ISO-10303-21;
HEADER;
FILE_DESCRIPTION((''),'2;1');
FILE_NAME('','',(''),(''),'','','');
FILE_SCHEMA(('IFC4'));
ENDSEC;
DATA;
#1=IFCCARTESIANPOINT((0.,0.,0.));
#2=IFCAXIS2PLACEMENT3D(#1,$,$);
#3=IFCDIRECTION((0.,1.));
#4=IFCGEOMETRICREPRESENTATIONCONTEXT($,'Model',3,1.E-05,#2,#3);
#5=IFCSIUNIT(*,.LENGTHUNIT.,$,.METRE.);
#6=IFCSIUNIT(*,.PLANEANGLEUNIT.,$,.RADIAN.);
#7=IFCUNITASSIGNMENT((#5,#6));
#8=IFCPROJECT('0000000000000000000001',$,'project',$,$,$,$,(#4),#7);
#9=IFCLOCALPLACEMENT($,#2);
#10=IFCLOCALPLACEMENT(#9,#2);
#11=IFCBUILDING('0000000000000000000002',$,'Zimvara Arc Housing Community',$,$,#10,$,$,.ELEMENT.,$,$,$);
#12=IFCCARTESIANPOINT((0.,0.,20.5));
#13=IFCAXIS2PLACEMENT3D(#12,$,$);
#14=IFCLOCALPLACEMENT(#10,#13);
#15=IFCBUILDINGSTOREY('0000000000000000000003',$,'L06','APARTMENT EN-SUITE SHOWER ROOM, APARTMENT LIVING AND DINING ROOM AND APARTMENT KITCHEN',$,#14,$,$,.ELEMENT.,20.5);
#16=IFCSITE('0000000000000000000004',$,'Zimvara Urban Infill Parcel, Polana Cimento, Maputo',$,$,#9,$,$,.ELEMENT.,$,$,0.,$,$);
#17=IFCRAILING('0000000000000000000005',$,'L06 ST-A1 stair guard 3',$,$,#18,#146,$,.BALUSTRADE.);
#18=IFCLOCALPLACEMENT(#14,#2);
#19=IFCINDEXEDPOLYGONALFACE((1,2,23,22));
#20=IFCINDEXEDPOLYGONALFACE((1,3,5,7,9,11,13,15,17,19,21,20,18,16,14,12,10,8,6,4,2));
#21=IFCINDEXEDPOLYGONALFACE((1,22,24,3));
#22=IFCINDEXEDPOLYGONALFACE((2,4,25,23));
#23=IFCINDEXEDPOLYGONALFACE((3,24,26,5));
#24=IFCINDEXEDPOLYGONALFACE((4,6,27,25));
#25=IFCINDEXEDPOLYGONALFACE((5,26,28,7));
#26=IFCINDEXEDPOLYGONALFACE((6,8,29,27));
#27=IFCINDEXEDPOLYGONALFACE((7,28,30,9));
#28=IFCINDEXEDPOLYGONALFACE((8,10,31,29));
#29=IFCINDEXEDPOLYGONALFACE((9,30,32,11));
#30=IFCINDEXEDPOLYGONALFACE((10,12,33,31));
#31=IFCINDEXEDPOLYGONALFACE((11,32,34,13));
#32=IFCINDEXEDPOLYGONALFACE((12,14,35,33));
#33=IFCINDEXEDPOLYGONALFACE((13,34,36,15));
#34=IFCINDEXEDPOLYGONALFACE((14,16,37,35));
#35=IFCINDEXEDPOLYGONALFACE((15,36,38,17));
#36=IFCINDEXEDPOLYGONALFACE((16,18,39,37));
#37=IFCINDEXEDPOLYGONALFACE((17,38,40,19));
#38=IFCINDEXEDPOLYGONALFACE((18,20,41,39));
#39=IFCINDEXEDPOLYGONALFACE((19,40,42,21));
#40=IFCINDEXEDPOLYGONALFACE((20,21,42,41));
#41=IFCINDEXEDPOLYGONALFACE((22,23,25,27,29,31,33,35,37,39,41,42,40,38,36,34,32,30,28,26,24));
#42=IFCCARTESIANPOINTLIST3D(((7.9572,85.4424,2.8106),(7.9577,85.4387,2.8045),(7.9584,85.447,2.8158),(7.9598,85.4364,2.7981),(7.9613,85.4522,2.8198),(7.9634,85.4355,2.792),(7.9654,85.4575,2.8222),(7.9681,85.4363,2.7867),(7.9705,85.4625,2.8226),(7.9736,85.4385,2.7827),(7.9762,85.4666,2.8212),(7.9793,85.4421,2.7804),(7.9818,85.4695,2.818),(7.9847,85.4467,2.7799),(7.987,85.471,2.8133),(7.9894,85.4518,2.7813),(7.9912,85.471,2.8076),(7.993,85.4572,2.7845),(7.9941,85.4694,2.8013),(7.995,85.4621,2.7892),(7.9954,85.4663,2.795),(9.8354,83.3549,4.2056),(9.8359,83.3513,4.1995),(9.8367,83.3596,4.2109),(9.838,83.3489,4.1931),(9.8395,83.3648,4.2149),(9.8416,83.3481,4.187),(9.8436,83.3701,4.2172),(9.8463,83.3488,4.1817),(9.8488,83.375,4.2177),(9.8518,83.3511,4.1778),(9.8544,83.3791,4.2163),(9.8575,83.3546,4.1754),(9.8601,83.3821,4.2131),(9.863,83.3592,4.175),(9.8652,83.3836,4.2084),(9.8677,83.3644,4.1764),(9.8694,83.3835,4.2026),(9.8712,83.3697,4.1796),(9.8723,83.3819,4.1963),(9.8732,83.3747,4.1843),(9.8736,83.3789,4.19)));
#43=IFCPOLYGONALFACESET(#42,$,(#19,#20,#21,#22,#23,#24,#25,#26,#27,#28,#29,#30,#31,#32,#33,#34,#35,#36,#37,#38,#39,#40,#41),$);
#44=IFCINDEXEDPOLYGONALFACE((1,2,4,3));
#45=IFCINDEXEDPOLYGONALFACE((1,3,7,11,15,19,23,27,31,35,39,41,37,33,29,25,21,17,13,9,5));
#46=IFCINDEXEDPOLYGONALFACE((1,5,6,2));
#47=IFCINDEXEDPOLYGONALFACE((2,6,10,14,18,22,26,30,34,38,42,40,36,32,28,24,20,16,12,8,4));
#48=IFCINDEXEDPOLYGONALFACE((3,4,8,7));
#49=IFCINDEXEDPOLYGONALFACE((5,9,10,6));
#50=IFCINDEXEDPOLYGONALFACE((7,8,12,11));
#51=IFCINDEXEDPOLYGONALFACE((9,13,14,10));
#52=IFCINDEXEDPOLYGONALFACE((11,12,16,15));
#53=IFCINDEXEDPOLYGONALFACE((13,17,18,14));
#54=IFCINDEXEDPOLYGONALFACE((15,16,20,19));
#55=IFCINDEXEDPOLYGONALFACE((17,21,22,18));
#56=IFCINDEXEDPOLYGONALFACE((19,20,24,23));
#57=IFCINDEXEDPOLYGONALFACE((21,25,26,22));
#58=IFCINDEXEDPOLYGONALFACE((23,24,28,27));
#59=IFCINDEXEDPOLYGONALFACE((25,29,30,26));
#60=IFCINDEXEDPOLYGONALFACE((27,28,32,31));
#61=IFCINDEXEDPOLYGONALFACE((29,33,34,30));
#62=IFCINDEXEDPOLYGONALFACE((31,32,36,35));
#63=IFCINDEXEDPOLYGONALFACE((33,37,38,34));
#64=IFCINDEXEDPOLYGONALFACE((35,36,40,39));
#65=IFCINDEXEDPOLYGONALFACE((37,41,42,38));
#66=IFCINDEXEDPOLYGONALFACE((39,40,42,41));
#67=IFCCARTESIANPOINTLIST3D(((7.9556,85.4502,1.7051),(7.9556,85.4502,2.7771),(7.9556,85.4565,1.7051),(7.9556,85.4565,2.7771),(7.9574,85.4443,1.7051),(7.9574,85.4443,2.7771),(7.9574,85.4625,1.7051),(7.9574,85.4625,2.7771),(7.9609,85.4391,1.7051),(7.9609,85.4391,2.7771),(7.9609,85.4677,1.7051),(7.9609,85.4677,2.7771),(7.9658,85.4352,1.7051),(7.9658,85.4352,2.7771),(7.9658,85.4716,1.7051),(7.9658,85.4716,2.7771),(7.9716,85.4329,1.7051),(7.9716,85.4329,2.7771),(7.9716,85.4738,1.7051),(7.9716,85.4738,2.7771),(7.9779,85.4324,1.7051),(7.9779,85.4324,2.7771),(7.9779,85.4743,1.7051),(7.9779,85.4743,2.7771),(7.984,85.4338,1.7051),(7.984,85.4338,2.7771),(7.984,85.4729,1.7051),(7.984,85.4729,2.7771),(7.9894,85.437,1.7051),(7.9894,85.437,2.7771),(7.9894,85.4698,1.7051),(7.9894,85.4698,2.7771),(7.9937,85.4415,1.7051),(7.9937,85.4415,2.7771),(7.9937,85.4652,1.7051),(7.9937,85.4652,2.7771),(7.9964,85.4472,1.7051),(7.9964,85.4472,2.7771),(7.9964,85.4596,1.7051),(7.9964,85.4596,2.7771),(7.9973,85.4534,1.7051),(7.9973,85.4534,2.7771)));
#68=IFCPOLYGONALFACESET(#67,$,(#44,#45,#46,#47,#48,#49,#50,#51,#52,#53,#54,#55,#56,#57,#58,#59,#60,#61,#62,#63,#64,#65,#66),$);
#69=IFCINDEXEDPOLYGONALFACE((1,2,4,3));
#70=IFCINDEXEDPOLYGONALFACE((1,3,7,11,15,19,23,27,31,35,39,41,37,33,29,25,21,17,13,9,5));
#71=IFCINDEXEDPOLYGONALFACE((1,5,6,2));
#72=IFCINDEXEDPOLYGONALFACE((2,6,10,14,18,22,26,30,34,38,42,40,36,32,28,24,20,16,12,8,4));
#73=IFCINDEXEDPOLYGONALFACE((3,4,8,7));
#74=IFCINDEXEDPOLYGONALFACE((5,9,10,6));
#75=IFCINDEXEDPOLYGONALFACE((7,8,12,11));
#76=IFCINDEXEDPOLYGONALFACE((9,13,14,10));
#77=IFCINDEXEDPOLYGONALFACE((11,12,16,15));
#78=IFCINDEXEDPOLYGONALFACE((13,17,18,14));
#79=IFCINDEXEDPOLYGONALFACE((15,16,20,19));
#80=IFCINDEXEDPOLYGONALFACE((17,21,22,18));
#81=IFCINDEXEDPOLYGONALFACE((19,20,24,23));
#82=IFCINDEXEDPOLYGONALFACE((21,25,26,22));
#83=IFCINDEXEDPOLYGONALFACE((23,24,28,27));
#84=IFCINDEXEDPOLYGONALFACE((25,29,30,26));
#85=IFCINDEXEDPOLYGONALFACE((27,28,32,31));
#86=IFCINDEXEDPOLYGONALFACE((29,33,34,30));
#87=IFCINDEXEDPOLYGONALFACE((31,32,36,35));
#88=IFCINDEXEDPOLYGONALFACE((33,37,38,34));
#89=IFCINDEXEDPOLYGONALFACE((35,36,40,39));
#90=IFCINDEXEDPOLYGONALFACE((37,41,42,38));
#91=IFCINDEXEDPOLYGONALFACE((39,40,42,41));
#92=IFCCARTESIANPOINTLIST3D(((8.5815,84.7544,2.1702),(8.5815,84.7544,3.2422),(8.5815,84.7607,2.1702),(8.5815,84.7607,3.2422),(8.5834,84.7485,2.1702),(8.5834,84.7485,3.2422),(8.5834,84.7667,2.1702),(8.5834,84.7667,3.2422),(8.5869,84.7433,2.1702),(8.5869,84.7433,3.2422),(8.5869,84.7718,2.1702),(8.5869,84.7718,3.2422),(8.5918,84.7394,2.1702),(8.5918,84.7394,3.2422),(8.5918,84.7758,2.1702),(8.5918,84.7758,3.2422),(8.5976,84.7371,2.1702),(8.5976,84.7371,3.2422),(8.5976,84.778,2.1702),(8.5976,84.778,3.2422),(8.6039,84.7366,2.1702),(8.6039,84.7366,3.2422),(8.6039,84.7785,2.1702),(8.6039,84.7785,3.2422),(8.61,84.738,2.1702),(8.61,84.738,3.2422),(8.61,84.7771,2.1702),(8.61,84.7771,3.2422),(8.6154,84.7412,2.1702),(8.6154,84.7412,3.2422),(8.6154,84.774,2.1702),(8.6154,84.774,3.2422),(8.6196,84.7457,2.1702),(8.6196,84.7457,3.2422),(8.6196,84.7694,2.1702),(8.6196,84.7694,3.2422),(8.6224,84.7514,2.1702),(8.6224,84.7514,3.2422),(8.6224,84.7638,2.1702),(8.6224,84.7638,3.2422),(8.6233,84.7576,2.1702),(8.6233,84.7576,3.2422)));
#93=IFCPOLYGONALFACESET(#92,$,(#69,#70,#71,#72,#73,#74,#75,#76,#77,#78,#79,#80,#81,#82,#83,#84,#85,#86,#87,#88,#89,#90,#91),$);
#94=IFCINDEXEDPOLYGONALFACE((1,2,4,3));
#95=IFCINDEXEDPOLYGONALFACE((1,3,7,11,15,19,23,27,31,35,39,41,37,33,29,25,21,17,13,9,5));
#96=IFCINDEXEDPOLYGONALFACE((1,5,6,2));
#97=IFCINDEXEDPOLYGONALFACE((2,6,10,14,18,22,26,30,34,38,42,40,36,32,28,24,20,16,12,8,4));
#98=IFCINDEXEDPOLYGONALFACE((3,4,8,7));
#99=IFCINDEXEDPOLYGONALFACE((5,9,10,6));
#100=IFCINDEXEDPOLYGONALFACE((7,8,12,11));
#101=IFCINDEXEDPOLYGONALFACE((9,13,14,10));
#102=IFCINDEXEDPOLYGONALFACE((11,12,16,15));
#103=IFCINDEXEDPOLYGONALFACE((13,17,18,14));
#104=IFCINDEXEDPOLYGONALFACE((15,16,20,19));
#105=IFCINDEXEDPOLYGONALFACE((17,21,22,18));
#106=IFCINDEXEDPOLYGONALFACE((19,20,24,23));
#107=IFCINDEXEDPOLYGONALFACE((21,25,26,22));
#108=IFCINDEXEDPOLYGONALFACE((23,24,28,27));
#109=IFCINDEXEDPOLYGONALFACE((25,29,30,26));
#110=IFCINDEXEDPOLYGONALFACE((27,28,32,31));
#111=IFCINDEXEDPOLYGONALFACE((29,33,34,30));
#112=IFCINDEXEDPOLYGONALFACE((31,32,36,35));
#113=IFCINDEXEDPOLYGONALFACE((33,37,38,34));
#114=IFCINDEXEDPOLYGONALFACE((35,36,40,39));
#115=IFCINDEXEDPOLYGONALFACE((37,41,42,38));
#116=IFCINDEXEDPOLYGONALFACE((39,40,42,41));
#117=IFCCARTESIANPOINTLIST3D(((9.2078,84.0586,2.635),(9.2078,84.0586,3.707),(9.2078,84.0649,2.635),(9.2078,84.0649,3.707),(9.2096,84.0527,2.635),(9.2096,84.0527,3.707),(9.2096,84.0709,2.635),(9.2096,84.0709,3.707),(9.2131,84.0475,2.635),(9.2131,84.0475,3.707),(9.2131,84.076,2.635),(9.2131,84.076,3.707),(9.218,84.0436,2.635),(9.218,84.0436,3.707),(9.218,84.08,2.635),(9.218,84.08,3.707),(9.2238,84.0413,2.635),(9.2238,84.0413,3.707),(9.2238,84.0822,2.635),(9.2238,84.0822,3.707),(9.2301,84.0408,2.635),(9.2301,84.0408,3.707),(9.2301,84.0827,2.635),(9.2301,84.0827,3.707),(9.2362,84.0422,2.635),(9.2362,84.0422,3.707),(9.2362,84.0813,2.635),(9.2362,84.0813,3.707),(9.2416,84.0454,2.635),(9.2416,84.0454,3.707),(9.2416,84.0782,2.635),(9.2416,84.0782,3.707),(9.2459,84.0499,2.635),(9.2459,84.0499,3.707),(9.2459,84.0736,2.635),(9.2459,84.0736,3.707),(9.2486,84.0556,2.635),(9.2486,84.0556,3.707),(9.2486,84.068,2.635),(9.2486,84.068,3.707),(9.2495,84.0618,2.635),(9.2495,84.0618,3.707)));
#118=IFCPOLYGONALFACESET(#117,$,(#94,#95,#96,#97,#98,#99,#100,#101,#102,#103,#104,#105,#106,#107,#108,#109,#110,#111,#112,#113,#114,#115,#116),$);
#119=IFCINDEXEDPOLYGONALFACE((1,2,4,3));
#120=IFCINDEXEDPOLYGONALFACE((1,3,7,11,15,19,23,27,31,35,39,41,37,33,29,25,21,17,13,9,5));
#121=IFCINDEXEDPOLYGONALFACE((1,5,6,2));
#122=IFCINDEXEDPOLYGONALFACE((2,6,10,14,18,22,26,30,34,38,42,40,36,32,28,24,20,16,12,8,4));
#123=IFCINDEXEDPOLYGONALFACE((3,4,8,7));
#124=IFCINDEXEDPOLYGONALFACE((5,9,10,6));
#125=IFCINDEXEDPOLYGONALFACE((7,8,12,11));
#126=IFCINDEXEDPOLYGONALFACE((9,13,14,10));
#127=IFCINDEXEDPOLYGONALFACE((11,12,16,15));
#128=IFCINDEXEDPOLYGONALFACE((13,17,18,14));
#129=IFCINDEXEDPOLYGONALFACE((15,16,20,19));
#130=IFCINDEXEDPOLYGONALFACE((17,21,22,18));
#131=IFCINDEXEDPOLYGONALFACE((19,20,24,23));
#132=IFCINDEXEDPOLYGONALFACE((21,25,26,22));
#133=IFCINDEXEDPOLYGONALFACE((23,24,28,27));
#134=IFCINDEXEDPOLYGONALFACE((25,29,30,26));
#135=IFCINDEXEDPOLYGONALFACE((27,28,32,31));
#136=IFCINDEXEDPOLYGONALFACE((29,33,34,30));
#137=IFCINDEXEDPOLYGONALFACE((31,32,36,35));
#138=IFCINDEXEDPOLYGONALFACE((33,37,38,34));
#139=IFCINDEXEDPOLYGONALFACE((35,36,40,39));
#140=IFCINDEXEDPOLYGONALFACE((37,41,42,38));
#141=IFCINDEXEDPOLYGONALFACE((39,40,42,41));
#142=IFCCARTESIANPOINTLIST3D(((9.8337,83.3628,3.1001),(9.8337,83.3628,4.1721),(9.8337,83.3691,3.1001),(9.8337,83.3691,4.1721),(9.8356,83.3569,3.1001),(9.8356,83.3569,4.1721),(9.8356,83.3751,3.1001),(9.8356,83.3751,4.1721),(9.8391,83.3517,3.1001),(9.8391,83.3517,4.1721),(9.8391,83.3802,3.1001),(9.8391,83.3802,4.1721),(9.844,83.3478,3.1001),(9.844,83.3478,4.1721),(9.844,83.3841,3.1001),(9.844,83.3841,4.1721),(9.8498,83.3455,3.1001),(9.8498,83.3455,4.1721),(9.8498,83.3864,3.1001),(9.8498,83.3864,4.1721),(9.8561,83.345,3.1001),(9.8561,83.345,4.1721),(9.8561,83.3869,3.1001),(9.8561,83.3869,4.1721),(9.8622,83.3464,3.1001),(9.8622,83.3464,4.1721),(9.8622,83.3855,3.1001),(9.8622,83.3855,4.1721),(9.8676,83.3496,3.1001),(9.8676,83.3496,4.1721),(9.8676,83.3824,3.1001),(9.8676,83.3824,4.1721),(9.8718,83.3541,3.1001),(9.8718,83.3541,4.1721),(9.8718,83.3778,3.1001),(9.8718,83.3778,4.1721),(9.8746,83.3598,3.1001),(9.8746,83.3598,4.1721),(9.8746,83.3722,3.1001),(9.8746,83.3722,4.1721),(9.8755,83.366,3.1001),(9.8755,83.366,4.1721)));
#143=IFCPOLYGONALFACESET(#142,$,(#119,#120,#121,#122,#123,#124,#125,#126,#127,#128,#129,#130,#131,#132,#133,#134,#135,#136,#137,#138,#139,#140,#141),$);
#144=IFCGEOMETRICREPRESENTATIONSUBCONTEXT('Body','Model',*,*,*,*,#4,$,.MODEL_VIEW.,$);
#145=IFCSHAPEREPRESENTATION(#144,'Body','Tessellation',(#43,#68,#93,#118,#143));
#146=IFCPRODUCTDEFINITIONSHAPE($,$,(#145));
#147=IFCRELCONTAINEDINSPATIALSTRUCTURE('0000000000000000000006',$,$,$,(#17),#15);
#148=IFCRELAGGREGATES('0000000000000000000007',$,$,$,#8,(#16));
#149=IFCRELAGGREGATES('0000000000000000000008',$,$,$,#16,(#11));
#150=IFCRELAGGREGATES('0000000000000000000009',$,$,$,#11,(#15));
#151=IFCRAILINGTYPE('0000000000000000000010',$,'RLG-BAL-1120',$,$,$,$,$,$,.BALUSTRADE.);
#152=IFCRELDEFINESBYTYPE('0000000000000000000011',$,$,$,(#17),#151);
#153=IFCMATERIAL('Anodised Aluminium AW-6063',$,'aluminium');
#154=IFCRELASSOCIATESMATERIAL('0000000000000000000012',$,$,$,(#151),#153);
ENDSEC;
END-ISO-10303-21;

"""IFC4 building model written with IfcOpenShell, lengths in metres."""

from ifc_helpers import new_model, si_unit, direction, frame, origin, origin_2d, place, context, subcontext, project, spatial, circle, extrude, material, type_object, element, save


model = new_model("IFC4")

# Units and contexts
model_context = context("Model", 3, precision=1e-05, world=origin(), true_north=direction((0.0, 1.0)))
body_context = subcontext(model_context, "Body", "Model", "MODEL_VIEW")
ifc_project = project(units=[si_unit("LENGTHUNIT", "METRE"), si_unit("PLANEANGLEUNIT", "RADIAN")], contexts=[model_context])

# Site, building, storey
site_placement = place(None, origin())
site = spatial("IfcSite", under=ifc_project, at=site_placement, Name="Zimvara Urban Infill Parcel, Polana Cimento, Maputo", CompositionType="ELEMENT", RefElevation=0.0)
building_placement = place(site_placement, origin())
building = spatial("IfcBuilding", under=site, at=building_placement, Name="Zimvara Arc Housing Community", CompositionType="ELEMENT")
storey_placement = place(building_placement, frame((0.0, 0.0, 20.5)))
storey = spatial("IfcBuildingStorey", under=building, at=storey_placement, Name="L06", Description="APARTMENT EN-SUITE SHOWER ROOM, APARTMENT LIVING AND DINING ROOM AND APARTMENT KITCHEN", CompositionType="ELEMENT", Elevation=20.5)

# Railing
ifc_material_1 = material(Name="Anodised Aluminium AW-6063", Category="aluminium")
railing_type_1 = type_object("IfcRailingType", Name="RLG-BAL-1120", PredefinedType="BALUSTRADE", material=ifc_material_1)
railing_1_placement = place(storey_placement, frame((7.9763, 85.4534, 1.7051)))
element("IfcRailing", 1, at=railing_1_placement, inside=storey, type_object=railing_type_1, Name="L06 ST-A1 stair guard 3", PredefinedType="BALUSTRADE", context=body_context, shape_type="SweptSolid", body=[
    extrude(circle(Radius=0.0239, at=origin_2d()), frame((0.0, 0.0, 1.0962), z_axis=(0.599018, -0.665749, 0.444923), x_axis=(0.743381, 0.668869, 0.0)), (0.0, 0.0, 1.0), 3.1355),
    extrude(circle(Radius=0.021, at=origin_2d()), origin(), (0.0, 0.0, 1.0), 1.072),
    extrude(circle(Radius=0.021, at=origin_2d()), frame((0.626, -0.6958, 0.4651)), (0.0, 0.0, 1.0), 1.072),
    extrude(circle(Radius=0.021, at=origin_2d()), frame((1.2522, -1.3916, 0.9299)), (0.0, 0.0, 1.0), 1.072),
    extrude(circle(Radius=0.021, at=origin_2d()), frame((1.8782, -2.0874, 1.395)), (0.0, 0.0, 1.0), 1.072),
])

save(model, "model.ifc")
